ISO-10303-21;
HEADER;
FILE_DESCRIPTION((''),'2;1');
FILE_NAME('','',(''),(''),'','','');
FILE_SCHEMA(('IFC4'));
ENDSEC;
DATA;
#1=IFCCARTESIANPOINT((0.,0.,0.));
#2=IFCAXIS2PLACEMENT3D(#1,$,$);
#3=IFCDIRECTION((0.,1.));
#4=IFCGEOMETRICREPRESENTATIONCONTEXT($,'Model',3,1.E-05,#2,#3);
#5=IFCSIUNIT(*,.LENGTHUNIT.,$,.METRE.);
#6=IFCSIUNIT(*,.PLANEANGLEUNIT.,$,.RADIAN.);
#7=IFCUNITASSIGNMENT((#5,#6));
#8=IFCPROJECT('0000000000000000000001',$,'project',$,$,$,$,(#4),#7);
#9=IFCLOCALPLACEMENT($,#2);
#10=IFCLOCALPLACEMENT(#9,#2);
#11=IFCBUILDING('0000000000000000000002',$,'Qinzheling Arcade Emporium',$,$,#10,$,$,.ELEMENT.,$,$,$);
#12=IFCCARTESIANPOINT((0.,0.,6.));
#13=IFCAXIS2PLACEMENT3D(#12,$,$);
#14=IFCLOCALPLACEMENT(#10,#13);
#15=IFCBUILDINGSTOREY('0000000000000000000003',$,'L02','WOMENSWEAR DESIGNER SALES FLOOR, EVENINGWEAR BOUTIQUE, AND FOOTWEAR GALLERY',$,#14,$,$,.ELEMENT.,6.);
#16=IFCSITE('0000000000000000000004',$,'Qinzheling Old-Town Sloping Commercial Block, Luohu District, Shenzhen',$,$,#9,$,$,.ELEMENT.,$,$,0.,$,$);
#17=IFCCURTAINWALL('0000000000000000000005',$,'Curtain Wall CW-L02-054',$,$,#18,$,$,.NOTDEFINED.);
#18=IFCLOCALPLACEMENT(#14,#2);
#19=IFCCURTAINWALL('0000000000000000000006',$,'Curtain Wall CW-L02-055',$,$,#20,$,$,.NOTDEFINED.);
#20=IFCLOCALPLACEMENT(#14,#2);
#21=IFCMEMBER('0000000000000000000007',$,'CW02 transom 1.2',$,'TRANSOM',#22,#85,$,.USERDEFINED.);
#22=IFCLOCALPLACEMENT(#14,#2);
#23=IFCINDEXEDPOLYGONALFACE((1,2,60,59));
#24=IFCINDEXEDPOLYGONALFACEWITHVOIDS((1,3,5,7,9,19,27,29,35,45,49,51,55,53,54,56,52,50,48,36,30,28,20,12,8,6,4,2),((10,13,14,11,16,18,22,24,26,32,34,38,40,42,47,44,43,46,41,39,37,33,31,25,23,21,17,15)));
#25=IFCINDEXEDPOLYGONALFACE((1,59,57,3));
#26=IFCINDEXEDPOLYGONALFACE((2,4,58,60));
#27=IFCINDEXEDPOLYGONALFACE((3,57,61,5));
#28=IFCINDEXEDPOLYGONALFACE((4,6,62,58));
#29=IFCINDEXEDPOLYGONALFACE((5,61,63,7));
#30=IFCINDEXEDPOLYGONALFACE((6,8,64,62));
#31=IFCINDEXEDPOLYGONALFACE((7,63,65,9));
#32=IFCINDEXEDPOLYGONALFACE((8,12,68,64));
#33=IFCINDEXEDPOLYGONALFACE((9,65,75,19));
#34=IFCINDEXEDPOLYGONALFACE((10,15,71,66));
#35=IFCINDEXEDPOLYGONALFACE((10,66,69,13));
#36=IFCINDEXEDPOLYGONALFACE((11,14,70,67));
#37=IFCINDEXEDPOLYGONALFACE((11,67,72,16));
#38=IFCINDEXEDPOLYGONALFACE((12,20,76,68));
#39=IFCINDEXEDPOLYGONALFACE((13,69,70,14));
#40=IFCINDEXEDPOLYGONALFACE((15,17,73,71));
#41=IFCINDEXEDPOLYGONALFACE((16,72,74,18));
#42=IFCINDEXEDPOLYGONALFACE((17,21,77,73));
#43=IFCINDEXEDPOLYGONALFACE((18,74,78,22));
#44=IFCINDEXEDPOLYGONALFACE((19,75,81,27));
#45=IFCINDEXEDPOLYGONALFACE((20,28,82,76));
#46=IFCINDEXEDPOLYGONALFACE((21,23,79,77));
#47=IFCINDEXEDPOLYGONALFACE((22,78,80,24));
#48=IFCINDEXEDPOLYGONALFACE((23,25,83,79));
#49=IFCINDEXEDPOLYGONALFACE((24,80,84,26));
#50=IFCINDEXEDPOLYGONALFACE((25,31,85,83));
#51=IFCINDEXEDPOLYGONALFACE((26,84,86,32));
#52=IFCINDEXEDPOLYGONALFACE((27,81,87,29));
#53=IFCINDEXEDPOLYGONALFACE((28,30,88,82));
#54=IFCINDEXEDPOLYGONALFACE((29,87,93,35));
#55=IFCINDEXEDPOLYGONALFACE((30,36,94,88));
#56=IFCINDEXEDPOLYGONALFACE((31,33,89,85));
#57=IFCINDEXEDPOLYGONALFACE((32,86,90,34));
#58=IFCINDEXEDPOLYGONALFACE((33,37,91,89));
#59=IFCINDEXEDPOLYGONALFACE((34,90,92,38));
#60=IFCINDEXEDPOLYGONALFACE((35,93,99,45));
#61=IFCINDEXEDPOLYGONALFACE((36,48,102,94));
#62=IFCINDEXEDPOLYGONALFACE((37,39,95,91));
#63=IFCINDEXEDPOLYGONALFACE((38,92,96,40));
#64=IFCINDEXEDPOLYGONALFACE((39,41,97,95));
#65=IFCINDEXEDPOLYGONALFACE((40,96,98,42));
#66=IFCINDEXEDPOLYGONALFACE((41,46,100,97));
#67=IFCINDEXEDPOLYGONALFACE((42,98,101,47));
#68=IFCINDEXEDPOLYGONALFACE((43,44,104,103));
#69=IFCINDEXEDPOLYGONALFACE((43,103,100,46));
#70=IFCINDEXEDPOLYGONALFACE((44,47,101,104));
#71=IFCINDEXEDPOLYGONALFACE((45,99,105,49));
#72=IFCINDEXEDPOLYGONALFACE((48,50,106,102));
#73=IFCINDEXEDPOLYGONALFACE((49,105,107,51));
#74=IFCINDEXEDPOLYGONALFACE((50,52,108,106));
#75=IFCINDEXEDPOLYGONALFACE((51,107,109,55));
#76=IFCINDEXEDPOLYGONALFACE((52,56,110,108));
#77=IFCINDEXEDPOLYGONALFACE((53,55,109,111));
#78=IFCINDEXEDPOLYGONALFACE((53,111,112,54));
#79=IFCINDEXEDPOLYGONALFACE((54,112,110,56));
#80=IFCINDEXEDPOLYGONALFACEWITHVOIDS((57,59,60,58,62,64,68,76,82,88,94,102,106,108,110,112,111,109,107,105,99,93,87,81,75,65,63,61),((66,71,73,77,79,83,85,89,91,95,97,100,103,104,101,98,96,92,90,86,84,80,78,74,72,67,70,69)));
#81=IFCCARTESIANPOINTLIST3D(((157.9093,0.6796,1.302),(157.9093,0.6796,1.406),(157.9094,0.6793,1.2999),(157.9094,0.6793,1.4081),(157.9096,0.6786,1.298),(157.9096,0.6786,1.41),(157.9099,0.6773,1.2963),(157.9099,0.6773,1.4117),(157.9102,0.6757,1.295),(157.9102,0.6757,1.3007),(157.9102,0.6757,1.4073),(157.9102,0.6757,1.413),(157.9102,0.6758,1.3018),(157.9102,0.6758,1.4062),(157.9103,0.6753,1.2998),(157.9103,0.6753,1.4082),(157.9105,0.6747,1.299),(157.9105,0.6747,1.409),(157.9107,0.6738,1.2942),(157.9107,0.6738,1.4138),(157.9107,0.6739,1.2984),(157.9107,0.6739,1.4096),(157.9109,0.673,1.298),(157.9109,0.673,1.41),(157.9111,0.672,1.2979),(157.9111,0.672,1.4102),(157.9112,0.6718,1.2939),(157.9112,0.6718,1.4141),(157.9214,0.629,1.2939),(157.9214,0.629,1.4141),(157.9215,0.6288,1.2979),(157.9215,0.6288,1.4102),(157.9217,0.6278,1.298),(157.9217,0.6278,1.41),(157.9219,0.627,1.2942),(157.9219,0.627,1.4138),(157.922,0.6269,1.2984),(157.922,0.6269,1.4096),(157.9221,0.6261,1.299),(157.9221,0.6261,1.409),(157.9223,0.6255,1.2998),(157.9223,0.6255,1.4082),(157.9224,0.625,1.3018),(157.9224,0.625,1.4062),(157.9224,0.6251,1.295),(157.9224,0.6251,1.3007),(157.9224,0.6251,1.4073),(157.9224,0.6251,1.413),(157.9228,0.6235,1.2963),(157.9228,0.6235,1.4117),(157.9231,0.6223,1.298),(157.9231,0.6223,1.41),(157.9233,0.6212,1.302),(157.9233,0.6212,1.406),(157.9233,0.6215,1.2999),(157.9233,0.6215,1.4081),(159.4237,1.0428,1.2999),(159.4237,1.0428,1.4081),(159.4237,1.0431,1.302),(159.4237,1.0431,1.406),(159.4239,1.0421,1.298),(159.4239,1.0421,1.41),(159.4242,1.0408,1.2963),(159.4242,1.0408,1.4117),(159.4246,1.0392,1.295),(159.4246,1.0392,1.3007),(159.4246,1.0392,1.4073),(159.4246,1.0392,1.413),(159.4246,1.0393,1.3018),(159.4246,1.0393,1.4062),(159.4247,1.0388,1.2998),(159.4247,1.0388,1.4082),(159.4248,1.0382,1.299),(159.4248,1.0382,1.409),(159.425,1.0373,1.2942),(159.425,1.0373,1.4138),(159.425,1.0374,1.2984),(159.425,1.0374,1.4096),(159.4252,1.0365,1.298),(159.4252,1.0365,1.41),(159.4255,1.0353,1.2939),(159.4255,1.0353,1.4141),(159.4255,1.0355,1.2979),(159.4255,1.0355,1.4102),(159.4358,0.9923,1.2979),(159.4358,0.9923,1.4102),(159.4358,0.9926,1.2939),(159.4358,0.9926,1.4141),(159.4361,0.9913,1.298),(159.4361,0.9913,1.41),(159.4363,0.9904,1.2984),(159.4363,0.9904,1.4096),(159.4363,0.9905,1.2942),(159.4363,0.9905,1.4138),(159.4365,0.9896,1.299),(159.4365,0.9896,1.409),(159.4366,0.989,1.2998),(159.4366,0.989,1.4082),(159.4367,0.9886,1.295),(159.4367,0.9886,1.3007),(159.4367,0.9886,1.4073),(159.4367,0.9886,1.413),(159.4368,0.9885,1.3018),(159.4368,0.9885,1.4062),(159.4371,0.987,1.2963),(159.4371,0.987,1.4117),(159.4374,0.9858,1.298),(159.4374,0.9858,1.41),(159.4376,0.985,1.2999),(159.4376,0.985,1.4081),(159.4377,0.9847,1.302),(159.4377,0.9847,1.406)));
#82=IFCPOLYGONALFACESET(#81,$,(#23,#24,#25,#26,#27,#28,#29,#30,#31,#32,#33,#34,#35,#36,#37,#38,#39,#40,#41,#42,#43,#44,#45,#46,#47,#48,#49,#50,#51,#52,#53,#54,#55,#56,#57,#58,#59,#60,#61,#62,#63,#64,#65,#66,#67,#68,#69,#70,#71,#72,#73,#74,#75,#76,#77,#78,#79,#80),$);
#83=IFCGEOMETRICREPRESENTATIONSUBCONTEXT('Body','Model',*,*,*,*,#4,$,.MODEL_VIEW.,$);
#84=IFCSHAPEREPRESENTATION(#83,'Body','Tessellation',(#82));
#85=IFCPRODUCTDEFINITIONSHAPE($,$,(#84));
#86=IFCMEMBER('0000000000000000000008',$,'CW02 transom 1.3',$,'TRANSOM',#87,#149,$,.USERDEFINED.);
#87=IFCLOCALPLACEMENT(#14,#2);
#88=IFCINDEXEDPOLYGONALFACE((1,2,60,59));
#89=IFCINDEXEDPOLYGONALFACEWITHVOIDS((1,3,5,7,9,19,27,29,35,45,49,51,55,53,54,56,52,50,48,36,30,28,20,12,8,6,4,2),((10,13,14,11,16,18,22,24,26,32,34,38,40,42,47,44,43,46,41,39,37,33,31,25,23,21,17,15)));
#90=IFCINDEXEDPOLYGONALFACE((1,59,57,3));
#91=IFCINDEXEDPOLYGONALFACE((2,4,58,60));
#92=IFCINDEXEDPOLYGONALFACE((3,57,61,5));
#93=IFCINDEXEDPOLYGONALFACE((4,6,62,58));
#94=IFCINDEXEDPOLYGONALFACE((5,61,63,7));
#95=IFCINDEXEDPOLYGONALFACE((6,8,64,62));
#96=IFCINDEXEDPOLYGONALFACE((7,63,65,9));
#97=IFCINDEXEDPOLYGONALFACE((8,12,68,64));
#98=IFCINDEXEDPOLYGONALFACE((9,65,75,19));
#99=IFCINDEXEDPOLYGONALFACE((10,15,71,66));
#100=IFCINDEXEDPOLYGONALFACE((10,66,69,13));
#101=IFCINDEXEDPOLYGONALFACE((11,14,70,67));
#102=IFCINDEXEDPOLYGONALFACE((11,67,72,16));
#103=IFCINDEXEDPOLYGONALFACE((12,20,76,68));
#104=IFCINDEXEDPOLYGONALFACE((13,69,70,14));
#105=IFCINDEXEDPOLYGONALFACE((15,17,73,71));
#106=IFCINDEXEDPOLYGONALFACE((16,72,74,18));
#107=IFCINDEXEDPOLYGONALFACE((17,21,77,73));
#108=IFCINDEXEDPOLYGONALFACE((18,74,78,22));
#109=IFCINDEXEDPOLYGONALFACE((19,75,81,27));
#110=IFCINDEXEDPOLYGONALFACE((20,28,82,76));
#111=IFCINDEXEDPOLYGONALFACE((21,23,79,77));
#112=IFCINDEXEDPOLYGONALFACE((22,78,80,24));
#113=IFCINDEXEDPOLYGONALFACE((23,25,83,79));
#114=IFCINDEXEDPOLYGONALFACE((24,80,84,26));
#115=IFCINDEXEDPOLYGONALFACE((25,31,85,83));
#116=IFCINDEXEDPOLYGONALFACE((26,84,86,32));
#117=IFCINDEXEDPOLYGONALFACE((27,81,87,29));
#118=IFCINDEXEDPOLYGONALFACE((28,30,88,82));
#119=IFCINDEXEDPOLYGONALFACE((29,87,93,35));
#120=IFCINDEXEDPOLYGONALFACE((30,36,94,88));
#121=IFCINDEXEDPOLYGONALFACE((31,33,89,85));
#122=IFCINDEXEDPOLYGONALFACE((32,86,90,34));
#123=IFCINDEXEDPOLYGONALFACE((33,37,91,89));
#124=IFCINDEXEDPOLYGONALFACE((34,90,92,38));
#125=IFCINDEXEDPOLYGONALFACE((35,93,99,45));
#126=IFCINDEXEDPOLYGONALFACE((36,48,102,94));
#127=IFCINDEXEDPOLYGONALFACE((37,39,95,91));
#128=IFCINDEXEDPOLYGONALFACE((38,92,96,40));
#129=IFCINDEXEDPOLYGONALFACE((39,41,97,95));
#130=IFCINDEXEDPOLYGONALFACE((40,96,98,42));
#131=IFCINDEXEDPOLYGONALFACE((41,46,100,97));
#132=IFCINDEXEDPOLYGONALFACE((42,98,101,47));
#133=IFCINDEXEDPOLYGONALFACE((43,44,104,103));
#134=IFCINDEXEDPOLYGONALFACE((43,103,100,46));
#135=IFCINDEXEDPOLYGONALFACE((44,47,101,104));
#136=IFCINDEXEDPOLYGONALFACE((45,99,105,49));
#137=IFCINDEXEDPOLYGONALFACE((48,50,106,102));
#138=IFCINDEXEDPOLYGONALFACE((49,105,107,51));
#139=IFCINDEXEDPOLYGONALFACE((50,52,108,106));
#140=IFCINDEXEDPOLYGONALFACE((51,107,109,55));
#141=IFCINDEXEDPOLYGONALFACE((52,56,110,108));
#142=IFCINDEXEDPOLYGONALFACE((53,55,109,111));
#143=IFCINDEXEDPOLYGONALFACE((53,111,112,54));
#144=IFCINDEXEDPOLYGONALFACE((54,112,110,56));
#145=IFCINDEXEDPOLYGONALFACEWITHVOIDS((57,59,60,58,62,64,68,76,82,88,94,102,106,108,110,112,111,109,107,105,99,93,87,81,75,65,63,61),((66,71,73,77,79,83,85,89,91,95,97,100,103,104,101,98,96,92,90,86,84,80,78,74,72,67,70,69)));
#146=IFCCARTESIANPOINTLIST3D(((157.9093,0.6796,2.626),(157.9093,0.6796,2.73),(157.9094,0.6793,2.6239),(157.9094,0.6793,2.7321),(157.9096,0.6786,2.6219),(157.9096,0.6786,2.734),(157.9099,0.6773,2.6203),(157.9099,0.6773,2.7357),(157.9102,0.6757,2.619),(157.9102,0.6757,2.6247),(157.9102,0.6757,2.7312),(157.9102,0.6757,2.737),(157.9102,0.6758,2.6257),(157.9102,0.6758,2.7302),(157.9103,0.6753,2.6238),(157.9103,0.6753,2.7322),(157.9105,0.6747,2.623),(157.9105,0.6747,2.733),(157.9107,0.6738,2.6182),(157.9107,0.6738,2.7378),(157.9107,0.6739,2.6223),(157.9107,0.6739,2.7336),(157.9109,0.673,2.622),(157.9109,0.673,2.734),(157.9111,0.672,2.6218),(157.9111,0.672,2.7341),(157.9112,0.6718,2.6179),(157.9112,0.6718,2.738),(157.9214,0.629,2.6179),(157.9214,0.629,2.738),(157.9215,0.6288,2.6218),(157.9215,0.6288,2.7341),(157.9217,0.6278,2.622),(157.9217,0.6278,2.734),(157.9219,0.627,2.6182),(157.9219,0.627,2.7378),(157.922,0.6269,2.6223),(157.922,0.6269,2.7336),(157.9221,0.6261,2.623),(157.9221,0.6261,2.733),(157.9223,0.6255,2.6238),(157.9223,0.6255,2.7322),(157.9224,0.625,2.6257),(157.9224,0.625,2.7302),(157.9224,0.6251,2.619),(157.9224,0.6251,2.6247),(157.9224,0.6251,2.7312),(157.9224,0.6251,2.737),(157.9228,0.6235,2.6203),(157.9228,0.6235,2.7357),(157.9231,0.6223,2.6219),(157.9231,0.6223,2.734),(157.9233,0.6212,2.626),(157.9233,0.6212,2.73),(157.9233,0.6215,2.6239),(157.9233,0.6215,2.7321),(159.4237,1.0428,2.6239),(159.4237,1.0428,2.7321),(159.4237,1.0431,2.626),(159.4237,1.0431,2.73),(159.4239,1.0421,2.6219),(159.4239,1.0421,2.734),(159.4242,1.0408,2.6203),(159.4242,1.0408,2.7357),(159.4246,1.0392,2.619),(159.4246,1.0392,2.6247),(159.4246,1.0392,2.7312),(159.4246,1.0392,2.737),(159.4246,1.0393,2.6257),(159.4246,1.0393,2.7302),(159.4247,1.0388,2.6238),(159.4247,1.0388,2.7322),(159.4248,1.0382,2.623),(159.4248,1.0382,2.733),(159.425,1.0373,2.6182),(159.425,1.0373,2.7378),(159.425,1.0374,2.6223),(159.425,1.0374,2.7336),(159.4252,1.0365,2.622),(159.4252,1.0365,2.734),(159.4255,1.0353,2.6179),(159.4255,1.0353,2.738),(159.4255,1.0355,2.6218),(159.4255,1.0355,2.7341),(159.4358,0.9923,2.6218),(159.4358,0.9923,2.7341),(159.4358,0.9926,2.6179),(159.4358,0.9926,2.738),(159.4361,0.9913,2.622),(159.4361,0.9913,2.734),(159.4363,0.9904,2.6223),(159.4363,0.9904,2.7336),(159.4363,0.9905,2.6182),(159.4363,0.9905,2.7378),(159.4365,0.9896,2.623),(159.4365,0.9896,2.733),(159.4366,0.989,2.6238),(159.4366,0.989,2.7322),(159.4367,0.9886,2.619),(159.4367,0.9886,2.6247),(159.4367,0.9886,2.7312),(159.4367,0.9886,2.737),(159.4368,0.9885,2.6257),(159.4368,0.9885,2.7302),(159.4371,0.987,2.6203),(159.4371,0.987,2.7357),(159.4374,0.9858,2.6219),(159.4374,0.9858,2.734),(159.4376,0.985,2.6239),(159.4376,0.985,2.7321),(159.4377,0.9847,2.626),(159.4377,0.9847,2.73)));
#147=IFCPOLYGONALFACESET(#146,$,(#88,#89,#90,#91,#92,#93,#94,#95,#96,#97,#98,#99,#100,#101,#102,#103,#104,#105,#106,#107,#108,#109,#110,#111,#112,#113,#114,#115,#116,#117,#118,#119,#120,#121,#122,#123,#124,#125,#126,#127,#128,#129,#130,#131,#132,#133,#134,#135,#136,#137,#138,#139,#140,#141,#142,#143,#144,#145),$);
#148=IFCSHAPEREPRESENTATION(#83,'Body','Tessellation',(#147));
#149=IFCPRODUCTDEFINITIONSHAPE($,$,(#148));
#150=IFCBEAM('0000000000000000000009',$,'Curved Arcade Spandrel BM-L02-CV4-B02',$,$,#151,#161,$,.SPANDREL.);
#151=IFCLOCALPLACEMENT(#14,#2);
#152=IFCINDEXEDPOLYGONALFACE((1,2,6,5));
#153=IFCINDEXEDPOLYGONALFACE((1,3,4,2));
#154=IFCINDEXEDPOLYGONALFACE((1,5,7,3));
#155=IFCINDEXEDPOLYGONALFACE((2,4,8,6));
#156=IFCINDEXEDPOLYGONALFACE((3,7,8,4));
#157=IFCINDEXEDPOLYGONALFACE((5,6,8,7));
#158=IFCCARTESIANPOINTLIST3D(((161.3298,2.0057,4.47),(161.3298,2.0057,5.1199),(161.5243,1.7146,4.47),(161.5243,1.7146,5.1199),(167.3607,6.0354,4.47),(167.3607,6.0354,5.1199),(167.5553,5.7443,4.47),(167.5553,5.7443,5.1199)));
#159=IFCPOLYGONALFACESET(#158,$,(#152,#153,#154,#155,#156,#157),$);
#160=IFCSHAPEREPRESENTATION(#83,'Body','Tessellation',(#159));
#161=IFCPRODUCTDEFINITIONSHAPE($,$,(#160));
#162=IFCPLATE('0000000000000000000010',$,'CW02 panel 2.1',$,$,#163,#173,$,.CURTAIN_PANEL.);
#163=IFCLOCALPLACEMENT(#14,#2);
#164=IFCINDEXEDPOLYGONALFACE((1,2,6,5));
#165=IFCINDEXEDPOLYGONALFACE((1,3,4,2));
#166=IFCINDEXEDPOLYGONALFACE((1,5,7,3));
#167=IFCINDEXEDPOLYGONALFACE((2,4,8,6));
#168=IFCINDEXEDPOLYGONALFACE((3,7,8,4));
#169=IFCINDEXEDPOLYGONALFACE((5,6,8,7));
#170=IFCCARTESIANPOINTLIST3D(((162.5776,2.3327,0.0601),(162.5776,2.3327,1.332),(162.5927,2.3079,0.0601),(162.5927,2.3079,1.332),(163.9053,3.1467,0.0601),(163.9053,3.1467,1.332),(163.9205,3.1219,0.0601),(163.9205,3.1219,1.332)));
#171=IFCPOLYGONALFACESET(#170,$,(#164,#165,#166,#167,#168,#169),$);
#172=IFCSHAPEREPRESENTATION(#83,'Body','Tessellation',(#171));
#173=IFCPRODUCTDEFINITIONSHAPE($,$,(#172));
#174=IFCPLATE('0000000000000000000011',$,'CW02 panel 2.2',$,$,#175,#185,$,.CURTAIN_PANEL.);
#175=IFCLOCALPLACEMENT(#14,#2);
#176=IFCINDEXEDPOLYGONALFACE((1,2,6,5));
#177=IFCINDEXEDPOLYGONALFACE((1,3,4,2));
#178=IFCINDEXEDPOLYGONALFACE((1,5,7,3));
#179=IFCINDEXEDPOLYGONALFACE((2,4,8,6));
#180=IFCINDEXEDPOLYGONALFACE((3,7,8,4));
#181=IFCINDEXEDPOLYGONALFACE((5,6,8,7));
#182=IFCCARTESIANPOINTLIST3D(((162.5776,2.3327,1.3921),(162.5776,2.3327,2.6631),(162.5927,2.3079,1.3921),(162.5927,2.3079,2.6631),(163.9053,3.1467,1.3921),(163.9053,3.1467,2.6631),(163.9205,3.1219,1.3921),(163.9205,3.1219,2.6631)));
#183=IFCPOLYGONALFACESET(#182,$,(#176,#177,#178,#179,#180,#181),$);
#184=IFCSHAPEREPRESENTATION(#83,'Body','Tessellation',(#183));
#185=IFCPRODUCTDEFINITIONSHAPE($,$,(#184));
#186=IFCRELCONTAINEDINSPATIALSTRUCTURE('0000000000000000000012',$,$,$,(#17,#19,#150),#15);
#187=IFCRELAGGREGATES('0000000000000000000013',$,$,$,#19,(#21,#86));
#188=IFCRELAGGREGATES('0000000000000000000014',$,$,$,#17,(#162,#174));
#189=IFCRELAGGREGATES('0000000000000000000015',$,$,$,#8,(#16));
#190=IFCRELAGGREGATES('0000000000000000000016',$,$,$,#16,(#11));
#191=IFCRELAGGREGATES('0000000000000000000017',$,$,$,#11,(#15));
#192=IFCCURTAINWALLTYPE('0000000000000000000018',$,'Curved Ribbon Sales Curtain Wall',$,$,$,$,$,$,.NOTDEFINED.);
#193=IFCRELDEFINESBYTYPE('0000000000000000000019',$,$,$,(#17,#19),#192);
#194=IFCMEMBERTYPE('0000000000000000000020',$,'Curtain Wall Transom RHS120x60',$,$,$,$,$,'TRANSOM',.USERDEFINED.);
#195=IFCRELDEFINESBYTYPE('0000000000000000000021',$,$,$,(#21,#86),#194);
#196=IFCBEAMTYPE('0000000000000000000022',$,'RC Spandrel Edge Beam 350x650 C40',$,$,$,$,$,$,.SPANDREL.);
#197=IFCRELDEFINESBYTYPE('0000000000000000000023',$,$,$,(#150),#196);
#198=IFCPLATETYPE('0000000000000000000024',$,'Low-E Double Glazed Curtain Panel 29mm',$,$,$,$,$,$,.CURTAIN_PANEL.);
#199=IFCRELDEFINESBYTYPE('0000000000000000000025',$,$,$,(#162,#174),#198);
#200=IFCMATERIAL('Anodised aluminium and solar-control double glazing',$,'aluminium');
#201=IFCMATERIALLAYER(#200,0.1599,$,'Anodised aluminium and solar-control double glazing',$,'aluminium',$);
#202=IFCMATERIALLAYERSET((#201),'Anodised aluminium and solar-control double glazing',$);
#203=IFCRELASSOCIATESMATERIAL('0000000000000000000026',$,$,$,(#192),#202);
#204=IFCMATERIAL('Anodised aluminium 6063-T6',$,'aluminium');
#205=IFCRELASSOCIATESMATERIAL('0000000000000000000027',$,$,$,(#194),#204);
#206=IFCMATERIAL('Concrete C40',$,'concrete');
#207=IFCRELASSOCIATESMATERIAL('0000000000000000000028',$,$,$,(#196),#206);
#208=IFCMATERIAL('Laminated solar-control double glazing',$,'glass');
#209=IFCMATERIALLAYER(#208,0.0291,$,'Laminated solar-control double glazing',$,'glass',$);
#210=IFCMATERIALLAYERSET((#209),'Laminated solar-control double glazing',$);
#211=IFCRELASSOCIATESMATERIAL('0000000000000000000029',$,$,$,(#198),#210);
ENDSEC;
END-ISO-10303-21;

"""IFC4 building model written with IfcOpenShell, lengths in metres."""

from ifc_helpers import new_model, si_unit, direction, frame, origin, origin_2d, place, context, subcontext, project, spatial, rectangle, hollow_rectangle, extrude, material, layer, layer_set, material_profile, profile_set, type_object, element, aggregate, save


model = new_model("IFC4")

# Units and contexts
model_context = context("Model", 3, precision=1e-05, world=origin(), true_north=direction((0.0, 1.0)))
body_context = subcontext(model_context, "Body", "Model", "MODEL_VIEW")
ifc_project = project(units=[si_unit("LENGTHUNIT", "METRE"), si_unit("PLANEANGLEUNIT", "RADIAN")], contexts=[model_context])

# Site, building, storey
site_placement = place(None, origin())
site = spatial("IfcSite", under=ifc_project, at=site_placement, Name="Qinzheling Old-Town Sloping Commercial Block, Luohu District, Shenzhen", CompositionType="ELEMENT", RefElevation=0.0)
building_placement = place(site_placement, origin())
building = spatial("IfcBuilding", under=site, at=building_placement, Name="Qinzheling Arcade Emporium", CompositionType="ELEMENT")
storey_placement = place(building_placement, frame((0.0, 0.0, 6.0)))
storey = spatial("IfcBuildingStorey", under=building, at=storey_placement, Name="L02", Description="WOMENSWEAR DESIGNER SALES FLOOR, EVENINGWEAR BOUTIQUE, AND FOOTWEAR GALLERY", CompositionType="ELEMENT", Elevation=6.0)

# Curtain wall
ifc_material_1 = material(Name="Anodised aluminium and solar-control double glazing", Category="aluminium")
ifc_layer_1 = layer(ifc_material_1, 0.1599, Name="Anodised aluminium and solar-control double glazing", Category="aluminium")
ifc_layer_set_1 = layer_set([ifc_layer_1], Name="Anodised aluminium and solar-control double glazing")
curtain_wall_type = type_object("IfcCurtainWallType", Name="Curved Ribbon Sales Curtain Wall", PredefinedType="NOTDEFINED", material=ifc_layer_set_1)
curtain_wall_1_placement = place(storey_placement, origin())
curtain_wall_1 = element("IfcCurtainWall", 1, at=curtain_wall_1_placement, inside=storey, type_object=curtain_wall_type, Name="Curtain Wall CW-L02-054", PredefinedType="NOTDEFINED")
ifc_material_2 = material(Name="Anodised aluminium 6063-T6", Category="aluminium")

# Curtain wall
curtain_wall_2_placement = place(storey_placement, origin())
curtain_wall_2 = element("IfcCurtainWall", 2, at=curtain_wall_2_placement, inside=storey, type_object=curtain_wall_type, Name="Curtain Wall CW-L02-055", PredefinedType="NOTDEFINED")

# Members
ifc_material_profile_1 = material_profile(ifc_material_2, hollow_rectangle(XDim=0.0601, YDim=0.1201, WallThickness=0.0039, InnerFilletRadius=0.0039, OuterFilletRadius=0.0081, at=origin_2d()), Name="RHS 120x60x4", Category="aluminium")
ifc_profile_set_1 = profile_set([ifc_material_profile_1], Name="Anodised aluminium 6063-T6")
member_type_1 = type_object("IfcMemberType", Name="Curtain Wall Transom RHS120x60", ElementType="TRANSOM", PredefinedType="USERDEFINED", material=ifc_profile_set_1)
member_1_placement = place(storey_placement, frame((159.4307, 1.0139, 1.354), z_axis=(-0.972377, -0.233414, 0.0), x_axis=(0.233414, -0.972377, 0.0)))
member_1 = element("IfcMember", 3, at=member_1_placement, type_object=member_type_1, Name="CW02 transom 1.2", ObjectType="TRANSOM", PredefinedType="USERDEFINED", context=body_context, shape_type="SweptSolid", body=[
    extrude(hollow_rectangle(XDim=0.0601, YDim=0.1201, WallThickness=0.0039, InnerFilletRadius=0.0039, OuterFilletRadius=0.0081, at=origin_2d()), origin(), (0.0, 0.0, 1.0), 1.5574),
])
member_2_placement = place(storey_placement, frame((159.4307, 1.0139, 2.678), z_axis=(-0.972377, -0.233414, 0.0), x_axis=(0.233414, -0.972377, 0.0)))
member_2 = element("IfcMember", 4, at=member_2_placement, type_object=member_type_1, Name="CW02 transom 1.3", ObjectType="TRANSOM", PredefinedType="USERDEFINED", context=body_context, shape_type="SweptSolid", body=[
    extrude(hollow_rectangle(XDim=0.0601, YDim=0.1201, WallThickness=0.0039, InnerFilletRadius=0.0039, OuterFilletRadius=0.0081, at=origin_2d()), origin(), (0.0, 0.0, 1.0), 1.5574),
])
aggregate(curtain_wall_2, [member_1, member_2])

# Beam
ifc_material_3 = material(Name="Concrete C40", Category="concrete")
ifc_material_profile_2 = material_profile(ifc_material_3, rectangle(XDim=0.3501, YDim=0.6499, at=origin_2d()), Name="RC 350x650", Category="concrete")
ifc_profile_set_2 = profile_set([ifc_material_profile_2], Name="Concrete C40")
beam_type_1 = type_object("IfcBeamType", Name="RC Spandrel Edge Beam 350x650 C40", PredefinedType="SPANDREL", material=ifc_profile_set_2)
beam_1_placement = place(storey_placement, frame((161.427, 1.8601, 4.7949), z_axis=(0.83147, 0.55557, 0.0), x_axis=(-0.55557, 0.83147, 0.0)))
element("IfcBeam", 5, at=beam_1_placement, inside=storey, type_object=beam_type_1, Name="Curved Arcade Spandrel BM-L02-CV4-B02", PredefinedType="SPANDREL", context=body_context, shape_type="SweptSolid", body=[
    extrude(rectangle(XDim=0.3501, YDim=0.6499, at=origin_2d()), origin(), (0.0, 0.0, 1.0), 7.2534),
])

# Plates
ifc_material_4 = material(Name="Laminated solar-control double glazing", Category="glass")
ifc_layer_2 = layer(ifc_material_4, 0.0291, Name="Laminated solar-control double glazing", Category="glass")
ifc_layer_set_2 = layer_set([ifc_layer_2], Name="Laminated solar-control double glazing")
plate_type = type_object("IfcPlateType", Name="Low-E Double Glazed Curtain Panel 29mm", PredefinedType="CURTAIN_PANEL", material=ifc_layer_set_2)
plate_1_placement = place(storey_placement, frame((163.249, 2.7273, 0.0601), z_axis=(0.0, 0.0, 1.0), x_axis=(-0.852553, -0.52264, 0.0)))
plate_1 = element("IfcPlate", 6, at=plate_1_placement, type_object=plate_type, Name="CW02 panel 2.1", PredefinedType="CURTAIN_PANEL", context=body_context, shape_type="SweptSolid", body=[
    extrude(rectangle(XDim=1.5574, YDim=0.0291, at=origin_2d()), origin(), (0.0, 0.0, 1.0), 1.272),
])
plate_2_placement = place(storey_placement, frame((163.249, 2.7273, 1.3921), z_axis=(0.0, 0.0, 1.0), x_axis=(-0.852553, -0.52264, 0.0)))
plate_2 = element("IfcPlate", 7, at=plate_2_placement, type_object=plate_type, Name="CW02 panel 2.2", PredefinedType="CURTAIN_PANEL", context=body_context, shape_type="SweptSolid", body=[
    extrude(rectangle(XDim=1.5574, YDim=0.0291, at=origin_2d()), origin(), (0.0, 0.0, 1.0), 1.271),
])
aggregate(curtain_wall_1, [plate_1, plate_2])

save(model, "model.ifc")
